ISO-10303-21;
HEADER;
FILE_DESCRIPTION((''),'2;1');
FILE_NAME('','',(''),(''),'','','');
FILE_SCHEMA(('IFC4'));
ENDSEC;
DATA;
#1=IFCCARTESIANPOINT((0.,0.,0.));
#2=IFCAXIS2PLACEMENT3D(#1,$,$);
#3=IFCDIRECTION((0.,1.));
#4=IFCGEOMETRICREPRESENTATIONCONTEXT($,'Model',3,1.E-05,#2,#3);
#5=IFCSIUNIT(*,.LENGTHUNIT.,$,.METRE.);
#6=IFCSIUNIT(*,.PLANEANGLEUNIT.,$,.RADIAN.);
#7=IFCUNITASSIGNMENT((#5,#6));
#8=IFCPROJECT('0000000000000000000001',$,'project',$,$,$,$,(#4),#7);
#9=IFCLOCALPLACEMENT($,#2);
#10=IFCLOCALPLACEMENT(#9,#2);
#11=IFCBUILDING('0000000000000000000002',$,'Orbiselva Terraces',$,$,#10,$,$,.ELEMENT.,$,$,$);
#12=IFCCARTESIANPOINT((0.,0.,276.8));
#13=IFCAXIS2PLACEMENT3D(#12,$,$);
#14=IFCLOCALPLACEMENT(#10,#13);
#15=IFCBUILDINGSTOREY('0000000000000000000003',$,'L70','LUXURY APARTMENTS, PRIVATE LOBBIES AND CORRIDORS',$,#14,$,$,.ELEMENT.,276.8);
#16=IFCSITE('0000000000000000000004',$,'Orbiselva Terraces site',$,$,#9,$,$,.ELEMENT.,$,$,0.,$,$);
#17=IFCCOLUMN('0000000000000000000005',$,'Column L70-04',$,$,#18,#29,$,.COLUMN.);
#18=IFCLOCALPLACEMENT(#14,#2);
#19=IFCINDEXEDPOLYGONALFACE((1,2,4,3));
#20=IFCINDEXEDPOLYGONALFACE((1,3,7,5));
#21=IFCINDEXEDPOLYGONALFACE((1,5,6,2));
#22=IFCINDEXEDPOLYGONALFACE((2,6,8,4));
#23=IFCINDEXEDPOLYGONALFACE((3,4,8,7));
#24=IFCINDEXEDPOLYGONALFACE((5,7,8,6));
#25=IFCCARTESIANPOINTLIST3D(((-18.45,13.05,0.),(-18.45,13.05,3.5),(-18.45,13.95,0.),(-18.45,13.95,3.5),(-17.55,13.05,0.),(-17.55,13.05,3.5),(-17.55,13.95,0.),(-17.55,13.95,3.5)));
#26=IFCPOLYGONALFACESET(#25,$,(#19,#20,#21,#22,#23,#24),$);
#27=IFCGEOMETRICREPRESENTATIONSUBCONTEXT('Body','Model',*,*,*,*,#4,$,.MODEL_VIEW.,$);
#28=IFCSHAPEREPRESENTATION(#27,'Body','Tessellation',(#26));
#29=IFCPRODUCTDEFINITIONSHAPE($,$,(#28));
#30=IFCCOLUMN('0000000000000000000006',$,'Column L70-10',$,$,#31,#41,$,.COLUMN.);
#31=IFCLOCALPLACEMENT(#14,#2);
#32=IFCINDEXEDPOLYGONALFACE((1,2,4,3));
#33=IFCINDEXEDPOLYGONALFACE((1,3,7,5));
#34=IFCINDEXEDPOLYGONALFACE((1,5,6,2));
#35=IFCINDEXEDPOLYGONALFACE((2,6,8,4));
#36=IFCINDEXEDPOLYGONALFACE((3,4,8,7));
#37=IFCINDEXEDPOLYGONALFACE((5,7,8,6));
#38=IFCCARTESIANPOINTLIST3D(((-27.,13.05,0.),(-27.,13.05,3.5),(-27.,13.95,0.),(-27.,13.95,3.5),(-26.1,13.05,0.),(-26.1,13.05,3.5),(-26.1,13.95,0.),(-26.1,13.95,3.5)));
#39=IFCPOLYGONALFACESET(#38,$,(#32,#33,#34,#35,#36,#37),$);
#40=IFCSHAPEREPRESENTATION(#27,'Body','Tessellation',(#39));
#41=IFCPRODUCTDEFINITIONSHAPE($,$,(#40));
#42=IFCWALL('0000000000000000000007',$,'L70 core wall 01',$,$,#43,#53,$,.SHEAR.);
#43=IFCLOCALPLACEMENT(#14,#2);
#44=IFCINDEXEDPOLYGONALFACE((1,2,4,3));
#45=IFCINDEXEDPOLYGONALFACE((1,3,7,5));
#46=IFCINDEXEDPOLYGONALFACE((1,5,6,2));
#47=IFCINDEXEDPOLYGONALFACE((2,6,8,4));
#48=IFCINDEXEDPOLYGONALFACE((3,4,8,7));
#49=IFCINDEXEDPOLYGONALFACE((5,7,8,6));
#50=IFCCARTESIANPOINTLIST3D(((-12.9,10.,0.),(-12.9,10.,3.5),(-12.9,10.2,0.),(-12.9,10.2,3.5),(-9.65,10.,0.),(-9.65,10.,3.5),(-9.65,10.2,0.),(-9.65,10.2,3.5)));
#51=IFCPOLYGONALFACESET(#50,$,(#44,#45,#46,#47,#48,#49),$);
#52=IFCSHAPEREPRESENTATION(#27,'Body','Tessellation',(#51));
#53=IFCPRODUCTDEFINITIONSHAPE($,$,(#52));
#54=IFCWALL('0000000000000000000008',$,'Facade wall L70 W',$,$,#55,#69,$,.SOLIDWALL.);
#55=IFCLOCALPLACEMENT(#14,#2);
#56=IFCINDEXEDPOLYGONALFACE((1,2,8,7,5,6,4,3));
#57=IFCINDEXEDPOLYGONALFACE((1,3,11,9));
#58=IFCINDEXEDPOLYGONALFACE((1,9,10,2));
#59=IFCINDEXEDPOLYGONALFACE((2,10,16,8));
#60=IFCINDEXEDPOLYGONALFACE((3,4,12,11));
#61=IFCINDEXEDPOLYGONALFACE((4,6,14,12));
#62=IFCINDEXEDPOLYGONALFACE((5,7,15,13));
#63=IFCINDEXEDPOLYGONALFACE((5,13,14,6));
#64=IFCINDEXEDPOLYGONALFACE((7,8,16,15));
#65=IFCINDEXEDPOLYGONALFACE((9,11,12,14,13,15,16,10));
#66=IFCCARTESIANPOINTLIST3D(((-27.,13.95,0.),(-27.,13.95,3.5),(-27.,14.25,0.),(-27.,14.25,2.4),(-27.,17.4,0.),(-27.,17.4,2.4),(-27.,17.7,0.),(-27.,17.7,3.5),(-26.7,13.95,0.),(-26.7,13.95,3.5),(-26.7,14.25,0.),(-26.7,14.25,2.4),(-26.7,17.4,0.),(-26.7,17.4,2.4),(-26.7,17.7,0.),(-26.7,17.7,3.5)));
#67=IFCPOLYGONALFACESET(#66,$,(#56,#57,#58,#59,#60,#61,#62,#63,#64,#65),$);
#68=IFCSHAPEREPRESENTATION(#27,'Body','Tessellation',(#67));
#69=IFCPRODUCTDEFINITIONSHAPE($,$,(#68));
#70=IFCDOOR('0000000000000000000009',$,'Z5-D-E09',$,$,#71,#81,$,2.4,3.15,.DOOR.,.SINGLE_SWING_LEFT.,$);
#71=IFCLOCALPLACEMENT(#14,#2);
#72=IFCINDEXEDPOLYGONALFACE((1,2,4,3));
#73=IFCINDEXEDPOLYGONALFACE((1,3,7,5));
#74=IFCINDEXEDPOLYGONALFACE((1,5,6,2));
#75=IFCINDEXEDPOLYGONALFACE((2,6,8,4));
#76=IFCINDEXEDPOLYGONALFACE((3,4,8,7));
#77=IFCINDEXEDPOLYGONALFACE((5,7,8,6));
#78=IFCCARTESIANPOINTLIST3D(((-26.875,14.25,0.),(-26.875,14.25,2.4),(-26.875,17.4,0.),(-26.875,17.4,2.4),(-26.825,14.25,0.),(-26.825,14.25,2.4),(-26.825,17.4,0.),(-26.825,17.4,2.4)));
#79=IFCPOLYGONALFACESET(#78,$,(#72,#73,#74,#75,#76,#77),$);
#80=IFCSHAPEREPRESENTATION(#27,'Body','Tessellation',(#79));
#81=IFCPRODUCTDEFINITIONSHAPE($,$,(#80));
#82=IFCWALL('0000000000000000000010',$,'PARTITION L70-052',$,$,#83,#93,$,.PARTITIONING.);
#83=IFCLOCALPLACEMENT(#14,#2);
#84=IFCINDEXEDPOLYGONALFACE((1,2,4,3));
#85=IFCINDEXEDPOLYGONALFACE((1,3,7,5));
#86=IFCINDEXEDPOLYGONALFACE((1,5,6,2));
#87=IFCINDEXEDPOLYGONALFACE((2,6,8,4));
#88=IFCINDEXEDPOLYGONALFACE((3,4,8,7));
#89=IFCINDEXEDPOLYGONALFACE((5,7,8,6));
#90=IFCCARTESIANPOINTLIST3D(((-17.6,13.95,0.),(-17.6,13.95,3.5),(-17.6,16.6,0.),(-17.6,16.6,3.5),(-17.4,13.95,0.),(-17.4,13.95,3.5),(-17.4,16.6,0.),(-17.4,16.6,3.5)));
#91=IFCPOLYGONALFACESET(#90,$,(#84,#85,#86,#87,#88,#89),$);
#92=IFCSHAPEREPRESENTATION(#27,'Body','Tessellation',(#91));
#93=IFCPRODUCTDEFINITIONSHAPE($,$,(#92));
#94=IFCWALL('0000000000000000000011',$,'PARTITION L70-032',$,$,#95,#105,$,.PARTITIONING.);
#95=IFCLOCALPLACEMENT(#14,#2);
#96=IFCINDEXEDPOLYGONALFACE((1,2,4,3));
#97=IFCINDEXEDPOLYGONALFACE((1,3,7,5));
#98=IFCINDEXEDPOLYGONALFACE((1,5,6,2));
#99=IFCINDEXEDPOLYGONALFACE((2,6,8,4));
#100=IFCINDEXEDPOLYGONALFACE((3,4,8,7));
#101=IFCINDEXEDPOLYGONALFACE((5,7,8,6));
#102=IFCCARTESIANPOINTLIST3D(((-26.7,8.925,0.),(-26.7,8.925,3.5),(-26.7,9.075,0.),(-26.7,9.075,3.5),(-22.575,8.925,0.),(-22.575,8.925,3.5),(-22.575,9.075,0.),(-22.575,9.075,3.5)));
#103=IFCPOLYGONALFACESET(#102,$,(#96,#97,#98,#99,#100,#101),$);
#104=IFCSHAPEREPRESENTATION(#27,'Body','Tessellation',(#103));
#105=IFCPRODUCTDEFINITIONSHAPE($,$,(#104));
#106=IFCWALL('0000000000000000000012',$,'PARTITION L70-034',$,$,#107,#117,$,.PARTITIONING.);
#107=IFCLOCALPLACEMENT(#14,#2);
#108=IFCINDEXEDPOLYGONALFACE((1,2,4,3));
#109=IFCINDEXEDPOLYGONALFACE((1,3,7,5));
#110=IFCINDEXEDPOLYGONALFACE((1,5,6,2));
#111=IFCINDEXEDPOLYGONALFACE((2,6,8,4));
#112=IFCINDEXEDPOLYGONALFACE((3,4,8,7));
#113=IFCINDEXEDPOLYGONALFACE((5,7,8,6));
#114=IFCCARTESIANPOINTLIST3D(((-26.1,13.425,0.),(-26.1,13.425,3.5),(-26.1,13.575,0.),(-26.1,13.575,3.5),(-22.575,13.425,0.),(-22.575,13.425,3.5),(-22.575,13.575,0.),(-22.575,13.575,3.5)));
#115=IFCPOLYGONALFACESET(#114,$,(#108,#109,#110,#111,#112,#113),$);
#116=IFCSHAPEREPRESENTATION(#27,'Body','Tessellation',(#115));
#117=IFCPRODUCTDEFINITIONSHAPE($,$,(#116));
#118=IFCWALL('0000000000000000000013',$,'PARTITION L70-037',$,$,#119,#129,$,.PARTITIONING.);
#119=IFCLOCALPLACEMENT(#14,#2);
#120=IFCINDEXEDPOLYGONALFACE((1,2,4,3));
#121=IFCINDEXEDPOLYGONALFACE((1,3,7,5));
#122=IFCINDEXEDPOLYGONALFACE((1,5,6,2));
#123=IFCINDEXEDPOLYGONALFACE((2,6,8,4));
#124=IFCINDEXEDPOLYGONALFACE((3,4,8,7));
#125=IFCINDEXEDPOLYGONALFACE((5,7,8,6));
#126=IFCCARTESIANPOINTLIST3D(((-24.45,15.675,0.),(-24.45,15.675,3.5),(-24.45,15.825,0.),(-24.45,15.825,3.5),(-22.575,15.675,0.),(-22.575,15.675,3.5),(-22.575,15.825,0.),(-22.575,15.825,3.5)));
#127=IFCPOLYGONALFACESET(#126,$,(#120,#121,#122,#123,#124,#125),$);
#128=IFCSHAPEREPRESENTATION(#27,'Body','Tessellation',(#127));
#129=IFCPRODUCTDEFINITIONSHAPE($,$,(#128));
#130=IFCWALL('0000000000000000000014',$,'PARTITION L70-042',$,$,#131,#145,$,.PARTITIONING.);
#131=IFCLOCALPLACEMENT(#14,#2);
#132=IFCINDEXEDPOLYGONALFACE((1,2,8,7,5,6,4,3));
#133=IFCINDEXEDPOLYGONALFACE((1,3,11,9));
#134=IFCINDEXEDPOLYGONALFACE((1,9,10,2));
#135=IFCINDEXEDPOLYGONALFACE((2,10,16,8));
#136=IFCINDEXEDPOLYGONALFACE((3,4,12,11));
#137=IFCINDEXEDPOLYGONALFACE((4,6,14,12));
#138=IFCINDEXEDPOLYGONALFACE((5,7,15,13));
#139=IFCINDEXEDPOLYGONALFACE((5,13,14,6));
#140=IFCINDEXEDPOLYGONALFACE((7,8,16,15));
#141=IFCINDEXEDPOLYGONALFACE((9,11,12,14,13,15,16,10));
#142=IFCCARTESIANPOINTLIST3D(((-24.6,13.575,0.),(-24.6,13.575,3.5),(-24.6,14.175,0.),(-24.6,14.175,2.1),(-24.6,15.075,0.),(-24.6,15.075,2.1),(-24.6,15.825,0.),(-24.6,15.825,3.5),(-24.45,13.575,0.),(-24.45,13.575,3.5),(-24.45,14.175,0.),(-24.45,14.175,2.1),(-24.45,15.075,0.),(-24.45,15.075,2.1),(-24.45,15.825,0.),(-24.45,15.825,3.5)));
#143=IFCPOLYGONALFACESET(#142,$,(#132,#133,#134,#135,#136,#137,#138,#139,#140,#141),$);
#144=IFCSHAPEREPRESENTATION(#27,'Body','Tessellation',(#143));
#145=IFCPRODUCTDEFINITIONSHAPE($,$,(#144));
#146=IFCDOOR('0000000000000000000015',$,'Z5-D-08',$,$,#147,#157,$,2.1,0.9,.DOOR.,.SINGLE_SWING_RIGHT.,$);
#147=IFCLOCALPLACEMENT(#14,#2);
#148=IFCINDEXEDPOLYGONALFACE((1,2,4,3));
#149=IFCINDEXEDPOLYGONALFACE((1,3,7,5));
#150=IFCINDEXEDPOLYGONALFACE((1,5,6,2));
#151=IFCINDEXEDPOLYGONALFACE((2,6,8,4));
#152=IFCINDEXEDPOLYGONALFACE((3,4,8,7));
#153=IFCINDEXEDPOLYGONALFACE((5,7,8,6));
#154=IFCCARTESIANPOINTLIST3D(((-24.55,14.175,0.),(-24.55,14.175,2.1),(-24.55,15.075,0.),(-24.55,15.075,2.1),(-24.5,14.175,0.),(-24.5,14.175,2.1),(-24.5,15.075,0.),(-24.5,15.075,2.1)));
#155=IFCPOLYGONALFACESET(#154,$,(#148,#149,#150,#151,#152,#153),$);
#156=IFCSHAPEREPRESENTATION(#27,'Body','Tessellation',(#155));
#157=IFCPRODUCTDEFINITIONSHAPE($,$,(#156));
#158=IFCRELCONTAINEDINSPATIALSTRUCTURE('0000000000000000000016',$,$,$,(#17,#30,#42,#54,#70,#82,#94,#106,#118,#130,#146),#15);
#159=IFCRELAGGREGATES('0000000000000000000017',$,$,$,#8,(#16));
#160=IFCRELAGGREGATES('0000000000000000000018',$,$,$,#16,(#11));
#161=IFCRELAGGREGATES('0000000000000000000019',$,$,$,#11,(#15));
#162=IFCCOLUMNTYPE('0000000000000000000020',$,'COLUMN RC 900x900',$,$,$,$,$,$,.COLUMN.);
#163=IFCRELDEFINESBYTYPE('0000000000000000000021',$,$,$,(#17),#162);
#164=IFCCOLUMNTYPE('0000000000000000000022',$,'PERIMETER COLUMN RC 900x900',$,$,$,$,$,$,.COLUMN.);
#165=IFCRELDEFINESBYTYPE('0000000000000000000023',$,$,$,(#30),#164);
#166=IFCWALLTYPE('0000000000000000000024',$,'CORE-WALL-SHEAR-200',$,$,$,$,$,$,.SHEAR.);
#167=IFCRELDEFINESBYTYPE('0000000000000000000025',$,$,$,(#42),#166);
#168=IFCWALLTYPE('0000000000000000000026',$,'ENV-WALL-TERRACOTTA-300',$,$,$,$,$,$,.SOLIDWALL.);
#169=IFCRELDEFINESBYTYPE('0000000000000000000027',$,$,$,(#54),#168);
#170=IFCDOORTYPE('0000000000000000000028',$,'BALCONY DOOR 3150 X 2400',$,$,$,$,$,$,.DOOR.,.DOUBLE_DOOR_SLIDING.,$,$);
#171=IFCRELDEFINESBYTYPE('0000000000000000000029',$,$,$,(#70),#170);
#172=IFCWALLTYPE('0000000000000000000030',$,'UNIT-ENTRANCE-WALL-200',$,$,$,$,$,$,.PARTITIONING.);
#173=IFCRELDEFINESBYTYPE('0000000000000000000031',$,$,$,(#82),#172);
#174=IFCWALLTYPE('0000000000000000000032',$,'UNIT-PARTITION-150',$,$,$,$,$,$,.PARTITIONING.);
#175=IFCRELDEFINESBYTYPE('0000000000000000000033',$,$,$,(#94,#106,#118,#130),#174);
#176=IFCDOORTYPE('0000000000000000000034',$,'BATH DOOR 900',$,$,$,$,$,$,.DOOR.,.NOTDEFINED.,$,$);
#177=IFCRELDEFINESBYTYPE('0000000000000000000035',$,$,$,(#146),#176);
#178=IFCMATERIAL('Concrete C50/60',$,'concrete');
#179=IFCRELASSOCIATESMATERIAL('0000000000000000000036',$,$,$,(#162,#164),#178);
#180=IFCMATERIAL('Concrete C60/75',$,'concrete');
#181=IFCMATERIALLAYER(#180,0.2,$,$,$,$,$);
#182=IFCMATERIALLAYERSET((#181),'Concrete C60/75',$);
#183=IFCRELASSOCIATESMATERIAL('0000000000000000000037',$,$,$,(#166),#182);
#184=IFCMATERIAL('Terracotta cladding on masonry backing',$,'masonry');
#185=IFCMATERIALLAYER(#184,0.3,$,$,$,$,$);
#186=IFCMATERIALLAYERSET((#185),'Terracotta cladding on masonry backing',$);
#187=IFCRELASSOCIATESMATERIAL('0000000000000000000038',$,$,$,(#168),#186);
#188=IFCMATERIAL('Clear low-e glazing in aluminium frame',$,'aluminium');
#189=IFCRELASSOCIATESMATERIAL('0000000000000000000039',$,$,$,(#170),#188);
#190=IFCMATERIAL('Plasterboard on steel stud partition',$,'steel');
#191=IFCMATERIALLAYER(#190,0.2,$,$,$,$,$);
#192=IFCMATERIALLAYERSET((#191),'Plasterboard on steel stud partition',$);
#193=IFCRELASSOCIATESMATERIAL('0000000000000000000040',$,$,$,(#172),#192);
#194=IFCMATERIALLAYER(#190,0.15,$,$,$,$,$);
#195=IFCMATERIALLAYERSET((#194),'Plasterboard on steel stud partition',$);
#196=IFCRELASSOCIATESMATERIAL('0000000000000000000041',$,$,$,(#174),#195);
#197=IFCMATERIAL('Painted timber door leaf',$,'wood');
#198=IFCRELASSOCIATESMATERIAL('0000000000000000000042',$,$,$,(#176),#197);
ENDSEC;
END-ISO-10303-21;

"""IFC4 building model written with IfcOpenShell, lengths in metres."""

from ifc_helpers import new_model, si_unit, direction, frame, frame_2d, origin, origin_2d, place, context, subcontext, project, spatial, rectangle, extrude, material, layer, layer_set, material_profile, profile_set, type_object, element, fill, save


model = new_model("IFC4")

# Units and contexts
model_context = context("Model", 3, precision=1e-05, world=origin(), true_north=direction((0.0, 1.0)))
body_context = subcontext(model_context, "Body", "Model", "MODEL_VIEW")
ifc_project = project(units=[si_unit("LENGTHUNIT", "METRE"), si_unit("PLANEANGLEUNIT", "RADIAN")], contexts=[model_context])

# Site, building, storey
site_placement = place(None, origin())
site = spatial("IfcSite", under=ifc_project, at=site_placement, Name="Orbiselva Terraces site", CompositionType="ELEMENT", RefElevation=0.0)
building_placement = place(site_placement, origin())
building = spatial("IfcBuilding", under=site, at=building_placement, Name="Orbiselva Terraces", CompositionType="ELEMENT")
storey_placement = place(building_placement, frame((0.0, 0.0, 276.8)))
storey = spatial("IfcBuildingStorey", under=building, at=storey_placement, Name="L70", Description="LUXURY APARTMENTS, PRIVATE LOBBIES AND CORRIDORS", CompositionType="ELEMENT", Elevation=276.8)

# Columns
ifc_material_1 = material(Name="Concrete C50/60", Category="concrete")
ifc_material_profile_1 = material_profile(ifc_material_1, rectangle(XDim=0.9, YDim=0.9, at=origin_2d()), Name="RC 900x900")
ifc_profile_set_1 = profile_set([ifc_material_profile_1], Name="Concrete C50/60")
column_type_1 = type_object("IfcColumnType", Name="COLUMN RC 900x900", PredefinedType="COLUMN", material=ifc_profile_set_1)
column_1_placement = place(storey_placement, frame((-18.0, 13.5, 0.0), z_axis=(0.0, 0.0, 1.0), x_axis=(1.0, 0.0, 0.0)))
element("IfcColumn", 1, at=column_1_placement, inside=storey, type_object=column_type_1, Name="Column L70-04", PredefinedType="COLUMN", context=body_context, shape_type="SweptSolid", body=[
    extrude(rectangle(XDim=0.9, YDim=0.9, at=origin_2d()), origin(), (0.0, 0.0, 1.0), 3.5),
])
ifc_material_profile_2 = material_profile(ifc_material_1, rectangle(XDim=0.9, YDim=0.9, at=origin_2d()), Name="RC 900x900")
ifc_profile_set_2 = profile_set([ifc_material_profile_2], Name="Concrete C50/60")
column_type_2 = type_object("IfcColumnType", Name="PERIMETER COLUMN RC 900x900", PredefinedType="COLUMN", material=ifc_profile_set_2)
column_2_placement = place(storey_placement, frame((-26.55, 13.5, 0.0), z_axis=(0.0, 0.0, 1.0), x_axis=(1.0, 0.0, 0.0)))
element("IfcColumn", 2, at=column_2_placement, inside=storey, type_object=column_type_2, Name="Column L70-10", PredefinedType="COLUMN", context=body_context, shape_type="SweptSolid", body=[
    extrude(rectangle(XDim=0.9, YDim=0.9, at=origin_2d()), origin(), (0.0, 0.0, 1.0), 3.5),
])

# Wall
ifc_material_2 = material(Name="Concrete C60/75", Category="concrete")
ifc_layer_1 = layer(ifc_material_2, 0.2)
ifc_layer_set_1 = layer_set([ifc_layer_1], Name="Concrete C60/75")
wall_type_1 = type_object("IfcWallType", Name="CORE-WALL-SHEAR-200", PredefinedType="SHEAR", material=ifc_layer_set_1)
wall_1_placement = place(storey_placement, frame((-12.9, 10.1, 0.0), z_axis=(0.0, 0.0, 1.0), x_axis=(1.0, 0.0, 0.0)))
element("IfcWall", 3, at=wall_1_placement, inside=storey, type_object=wall_type_1, Name="L70 core wall 01", PredefinedType="SHEAR", context=body_context, shape_type="SweptSolid", body=[
    extrude(rectangle(XDim=3.25, YDim=0.2, at=frame_2d((1.625, 0.0))), origin(), (0.0, 0.0, 1.0), 3.5),
])

# Wall, opening, door
ifc_material_3 = material(Name="Terracotta cladding on masonry backing", Category="masonry")
ifc_layer_2 = layer(ifc_material_3, 0.3)
ifc_layer_set_2 = layer_set([ifc_layer_2], Name="Terracotta cladding on masonry backing")
wall_type_2 = type_object("IfcWallType", Name="ENV-WALL-TERRACOTTA-300", PredefinedType="SOLIDWALL", material=ifc_layer_set_2)
wall_2_placement = place(storey_placement, frame((-26.85, 13.95, 0.0), z_axis=(0.0, 0.0, 1.0), x_axis=(0.0, 1.0, 0.0)))
wall_2 = element("IfcWall", 4, at=wall_2_placement, inside=storey, type_object=wall_type_2, Name="Facade wall L70 W", PredefinedType="SOLIDWALL", context=body_context, shape_type="SweptSolid", body=[
    extrude(rectangle(XDim=3.75, YDim=0.3, at=frame_2d((1.875, 0.0))), origin(), (0.0, 0.0, 1.0), 3.5),
])
opening_1_placement = place(wall_2_placement, frame((0.3, 0.0, 0.0)))
opening_1 = element("IfcOpeningElement", 5, at=opening_1_placement, cuts=wall_2, PredefinedType="OPENING", context=body_context, shape_type="SweptSolid", body=[
    extrude(rectangle(XDim=3.15, YDim=2.4, at=frame_2d((1.575, 1.2))), frame((0.0, 0.16, 0.0), z_axis=(0.0, -1.0, 0.0), x_axis=(1.0, 0.0, 0.0)), (0.0, 0.0, 1.0), 0.32),
])
ifc_material_4 = material(Name="Clear low-e glazing in aluminium frame", Category="aluminium")
door_type_1 = type_object("IfcDoorType", Name="BALCONY DOOR 3150 X 2400", OperationType="DOUBLE_DOOR_SLIDING", PredefinedType="DOOR", material=ifc_material_4)
door_1_placement = place(opening_1_placement, origin())
door_1 = element("IfcDoor", 6, at=door_1_placement, inside=storey, type_object=door_type_1, Name="Z5-D-E09", OperationType="SINGLE_SWING_LEFT", OverallHeight=2.4, OverallWidth=3.15, PredefinedType="DOOR", context=body_context, shape_type="SweptSolid", body=[
    extrude(rectangle(XDim=3.15, YDim=2.4, at=frame_2d((1.575, 1.2))), frame((0.0, 0.025, 0.0), z_axis=(0.0, -1.0, 0.0), x_axis=(1.0, 0.0, 0.0)), (0.0, 0.0, 1.0), 0.05),
])
fill(opening_1, door_1)

# Walls
ifc_material_5 = material(Name="Plasterboard on steel stud partition", Category="steel")
ifc_layer_3 = layer(ifc_material_5, 0.2)
ifc_layer_set_3 = layer_set([ifc_layer_3], Name="Plasterboard on steel stud partition")
wall_type_3 = type_object("IfcWallType", Name="UNIT-ENTRANCE-WALL-200", PredefinedType="PARTITIONING", material=ifc_layer_set_3)
wall_3_placement = place(storey_placement, frame((-17.5, 13.95, 0.0), z_axis=(0.0, 0.0, 1.0), x_axis=(0.0, 1.0, 0.0)))
element("IfcWall", 7, at=wall_3_placement, inside=storey, type_object=wall_type_3, Name="PARTITION L70-052", PredefinedType="PARTITIONING", context=body_context, shape_type="SweptSolid", body=[
    extrude(rectangle(XDim=2.65, YDim=0.2, at=frame_2d((1.325, 0.0))), origin(), (0.0, 0.0, 1.0), 3.5),
])
ifc_layer_4 = layer(ifc_material_5, 0.15)
ifc_layer_set_4 = layer_set([ifc_layer_4], Name="Plasterboard on steel stud partition")
wall_type_4 = type_object("IfcWallType", Name="UNIT-PARTITION-150", PredefinedType="PARTITIONING", material=ifc_layer_set_4)
wall_4_placement = place(storey_placement, frame((-26.7, 9.0, 0.0), z_axis=(0.0, 0.0, 1.0), x_axis=(1.0, 0.0, 0.0)))
element("IfcWall", 8, at=wall_4_placement, inside=storey, type_object=wall_type_4, Name="PARTITION L70-032", PredefinedType="PARTITIONING", context=body_context, shape_type="SweptSolid", body=[
    extrude(rectangle(XDim=4.125, YDim=0.15, at=frame_2d((2.0625, 0.0))), origin(), (0.0, 0.0, 1.0), 3.5),
])
wall_5_placement = place(storey_placement, frame((-26.1, 13.5, 0.0), z_axis=(0.0, 0.0, 1.0), x_axis=(1.0, 0.0, 0.0)))
element("IfcWall", 9, at=wall_5_placement, inside=storey, type_object=wall_type_4, Name="PARTITION L70-034", PredefinedType="PARTITIONING", context=body_context, shape_type="SweptSolid", body=[
    extrude(rectangle(XDim=3.525, YDim=0.15, at=frame_2d((1.7625, 0.0))), origin(), (0.0, 0.0, 1.0), 3.5),
])
wall_6_placement = place(storey_placement, frame((-24.45, 15.75, 0.0), z_axis=(0.0, 0.0, 1.0), x_axis=(1.0, 0.0, 0.0)))
element("IfcWall", 10, at=wall_6_placement, inside=storey, type_object=wall_type_4, Name="PARTITION L70-037", PredefinedType="PARTITIONING", context=body_context, shape_type="SweptSolid", body=[
    extrude(rectangle(XDim=1.875, YDim=0.15, at=frame_2d((0.9375, 0.0))), origin(), (0.0, 0.0, 1.0), 3.5),
])

# Wall, opening, door
wall_7_placement = place(storey_placement, frame((-24.525, 15.825, 0.0), z_axis=(0.0, 0.0, 1.0), x_axis=(0.0, -1.0, 0.0)))
wall_7 = element("IfcWall", 11, at=wall_7_placement, inside=storey, type_object=wall_type_4, Name="PARTITION L70-042", PredefinedType="PARTITIONING", context=body_context, shape_type="SweptSolid", body=[
    extrude(rectangle(XDim=2.25, YDim=0.15, at=frame_2d((1.125, 0.0))), origin(), (0.0, 0.0, 1.0), 3.5),
])
opening_2_placement = place(wall_7_placement, frame((0.75, 0.0, 0.0)))
opening_2 = element("IfcOpeningElement", 12, at=opening_2_placement, cuts=wall_7, PredefinedType="OPENING", context=body_context, shape_type="SweptSolid", body=[
    extrude(rectangle(XDim=0.9, YDim=2.1, at=frame_2d((0.45, 1.05))), frame((0.0, 0.085, 0.0), z_axis=(0.0, -1.0, 0.0), x_axis=(1.0, 0.0, 0.0)), (0.0, 0.0, 1.0), 0.17),
])
ifc_material_6 = material(Name="Painted timber door leaf", Category="wood")
door_type_2 = type_object("IfcDoorType", Name="BATH DOOR 900", OperationType="NOTDEFINED", PredefinedType="DOOR", material=ifc_material_6)
door_2_placement = place(opening_2_placement, origin())
door_2 = element("IfcDoor", 13, at=door_2_placement, inside=storey, type_object=door_type_2, Name="Z5-D-08", OperationType="SINGLE_SWING_RIGHT", OverallHeight=2.1, OverallWidth=0.9, PredefinedType="DOOR", context=body_context, shape_type="SweptSolid", body=[
    extrude(rectangle(XDim=0.9, YDim=2.1, at=frame_2d((0.45, 1.05))), frame((0.0, 0.025, 0.0), z_axis=(0.0, -1.0, 0.0), x_axis=(1.0, 0.0, 0.0)), (0.0, 0.0, 1.0), 0.05),
])
fill(opening_2, door_2)

save(model, "model.ifc")
